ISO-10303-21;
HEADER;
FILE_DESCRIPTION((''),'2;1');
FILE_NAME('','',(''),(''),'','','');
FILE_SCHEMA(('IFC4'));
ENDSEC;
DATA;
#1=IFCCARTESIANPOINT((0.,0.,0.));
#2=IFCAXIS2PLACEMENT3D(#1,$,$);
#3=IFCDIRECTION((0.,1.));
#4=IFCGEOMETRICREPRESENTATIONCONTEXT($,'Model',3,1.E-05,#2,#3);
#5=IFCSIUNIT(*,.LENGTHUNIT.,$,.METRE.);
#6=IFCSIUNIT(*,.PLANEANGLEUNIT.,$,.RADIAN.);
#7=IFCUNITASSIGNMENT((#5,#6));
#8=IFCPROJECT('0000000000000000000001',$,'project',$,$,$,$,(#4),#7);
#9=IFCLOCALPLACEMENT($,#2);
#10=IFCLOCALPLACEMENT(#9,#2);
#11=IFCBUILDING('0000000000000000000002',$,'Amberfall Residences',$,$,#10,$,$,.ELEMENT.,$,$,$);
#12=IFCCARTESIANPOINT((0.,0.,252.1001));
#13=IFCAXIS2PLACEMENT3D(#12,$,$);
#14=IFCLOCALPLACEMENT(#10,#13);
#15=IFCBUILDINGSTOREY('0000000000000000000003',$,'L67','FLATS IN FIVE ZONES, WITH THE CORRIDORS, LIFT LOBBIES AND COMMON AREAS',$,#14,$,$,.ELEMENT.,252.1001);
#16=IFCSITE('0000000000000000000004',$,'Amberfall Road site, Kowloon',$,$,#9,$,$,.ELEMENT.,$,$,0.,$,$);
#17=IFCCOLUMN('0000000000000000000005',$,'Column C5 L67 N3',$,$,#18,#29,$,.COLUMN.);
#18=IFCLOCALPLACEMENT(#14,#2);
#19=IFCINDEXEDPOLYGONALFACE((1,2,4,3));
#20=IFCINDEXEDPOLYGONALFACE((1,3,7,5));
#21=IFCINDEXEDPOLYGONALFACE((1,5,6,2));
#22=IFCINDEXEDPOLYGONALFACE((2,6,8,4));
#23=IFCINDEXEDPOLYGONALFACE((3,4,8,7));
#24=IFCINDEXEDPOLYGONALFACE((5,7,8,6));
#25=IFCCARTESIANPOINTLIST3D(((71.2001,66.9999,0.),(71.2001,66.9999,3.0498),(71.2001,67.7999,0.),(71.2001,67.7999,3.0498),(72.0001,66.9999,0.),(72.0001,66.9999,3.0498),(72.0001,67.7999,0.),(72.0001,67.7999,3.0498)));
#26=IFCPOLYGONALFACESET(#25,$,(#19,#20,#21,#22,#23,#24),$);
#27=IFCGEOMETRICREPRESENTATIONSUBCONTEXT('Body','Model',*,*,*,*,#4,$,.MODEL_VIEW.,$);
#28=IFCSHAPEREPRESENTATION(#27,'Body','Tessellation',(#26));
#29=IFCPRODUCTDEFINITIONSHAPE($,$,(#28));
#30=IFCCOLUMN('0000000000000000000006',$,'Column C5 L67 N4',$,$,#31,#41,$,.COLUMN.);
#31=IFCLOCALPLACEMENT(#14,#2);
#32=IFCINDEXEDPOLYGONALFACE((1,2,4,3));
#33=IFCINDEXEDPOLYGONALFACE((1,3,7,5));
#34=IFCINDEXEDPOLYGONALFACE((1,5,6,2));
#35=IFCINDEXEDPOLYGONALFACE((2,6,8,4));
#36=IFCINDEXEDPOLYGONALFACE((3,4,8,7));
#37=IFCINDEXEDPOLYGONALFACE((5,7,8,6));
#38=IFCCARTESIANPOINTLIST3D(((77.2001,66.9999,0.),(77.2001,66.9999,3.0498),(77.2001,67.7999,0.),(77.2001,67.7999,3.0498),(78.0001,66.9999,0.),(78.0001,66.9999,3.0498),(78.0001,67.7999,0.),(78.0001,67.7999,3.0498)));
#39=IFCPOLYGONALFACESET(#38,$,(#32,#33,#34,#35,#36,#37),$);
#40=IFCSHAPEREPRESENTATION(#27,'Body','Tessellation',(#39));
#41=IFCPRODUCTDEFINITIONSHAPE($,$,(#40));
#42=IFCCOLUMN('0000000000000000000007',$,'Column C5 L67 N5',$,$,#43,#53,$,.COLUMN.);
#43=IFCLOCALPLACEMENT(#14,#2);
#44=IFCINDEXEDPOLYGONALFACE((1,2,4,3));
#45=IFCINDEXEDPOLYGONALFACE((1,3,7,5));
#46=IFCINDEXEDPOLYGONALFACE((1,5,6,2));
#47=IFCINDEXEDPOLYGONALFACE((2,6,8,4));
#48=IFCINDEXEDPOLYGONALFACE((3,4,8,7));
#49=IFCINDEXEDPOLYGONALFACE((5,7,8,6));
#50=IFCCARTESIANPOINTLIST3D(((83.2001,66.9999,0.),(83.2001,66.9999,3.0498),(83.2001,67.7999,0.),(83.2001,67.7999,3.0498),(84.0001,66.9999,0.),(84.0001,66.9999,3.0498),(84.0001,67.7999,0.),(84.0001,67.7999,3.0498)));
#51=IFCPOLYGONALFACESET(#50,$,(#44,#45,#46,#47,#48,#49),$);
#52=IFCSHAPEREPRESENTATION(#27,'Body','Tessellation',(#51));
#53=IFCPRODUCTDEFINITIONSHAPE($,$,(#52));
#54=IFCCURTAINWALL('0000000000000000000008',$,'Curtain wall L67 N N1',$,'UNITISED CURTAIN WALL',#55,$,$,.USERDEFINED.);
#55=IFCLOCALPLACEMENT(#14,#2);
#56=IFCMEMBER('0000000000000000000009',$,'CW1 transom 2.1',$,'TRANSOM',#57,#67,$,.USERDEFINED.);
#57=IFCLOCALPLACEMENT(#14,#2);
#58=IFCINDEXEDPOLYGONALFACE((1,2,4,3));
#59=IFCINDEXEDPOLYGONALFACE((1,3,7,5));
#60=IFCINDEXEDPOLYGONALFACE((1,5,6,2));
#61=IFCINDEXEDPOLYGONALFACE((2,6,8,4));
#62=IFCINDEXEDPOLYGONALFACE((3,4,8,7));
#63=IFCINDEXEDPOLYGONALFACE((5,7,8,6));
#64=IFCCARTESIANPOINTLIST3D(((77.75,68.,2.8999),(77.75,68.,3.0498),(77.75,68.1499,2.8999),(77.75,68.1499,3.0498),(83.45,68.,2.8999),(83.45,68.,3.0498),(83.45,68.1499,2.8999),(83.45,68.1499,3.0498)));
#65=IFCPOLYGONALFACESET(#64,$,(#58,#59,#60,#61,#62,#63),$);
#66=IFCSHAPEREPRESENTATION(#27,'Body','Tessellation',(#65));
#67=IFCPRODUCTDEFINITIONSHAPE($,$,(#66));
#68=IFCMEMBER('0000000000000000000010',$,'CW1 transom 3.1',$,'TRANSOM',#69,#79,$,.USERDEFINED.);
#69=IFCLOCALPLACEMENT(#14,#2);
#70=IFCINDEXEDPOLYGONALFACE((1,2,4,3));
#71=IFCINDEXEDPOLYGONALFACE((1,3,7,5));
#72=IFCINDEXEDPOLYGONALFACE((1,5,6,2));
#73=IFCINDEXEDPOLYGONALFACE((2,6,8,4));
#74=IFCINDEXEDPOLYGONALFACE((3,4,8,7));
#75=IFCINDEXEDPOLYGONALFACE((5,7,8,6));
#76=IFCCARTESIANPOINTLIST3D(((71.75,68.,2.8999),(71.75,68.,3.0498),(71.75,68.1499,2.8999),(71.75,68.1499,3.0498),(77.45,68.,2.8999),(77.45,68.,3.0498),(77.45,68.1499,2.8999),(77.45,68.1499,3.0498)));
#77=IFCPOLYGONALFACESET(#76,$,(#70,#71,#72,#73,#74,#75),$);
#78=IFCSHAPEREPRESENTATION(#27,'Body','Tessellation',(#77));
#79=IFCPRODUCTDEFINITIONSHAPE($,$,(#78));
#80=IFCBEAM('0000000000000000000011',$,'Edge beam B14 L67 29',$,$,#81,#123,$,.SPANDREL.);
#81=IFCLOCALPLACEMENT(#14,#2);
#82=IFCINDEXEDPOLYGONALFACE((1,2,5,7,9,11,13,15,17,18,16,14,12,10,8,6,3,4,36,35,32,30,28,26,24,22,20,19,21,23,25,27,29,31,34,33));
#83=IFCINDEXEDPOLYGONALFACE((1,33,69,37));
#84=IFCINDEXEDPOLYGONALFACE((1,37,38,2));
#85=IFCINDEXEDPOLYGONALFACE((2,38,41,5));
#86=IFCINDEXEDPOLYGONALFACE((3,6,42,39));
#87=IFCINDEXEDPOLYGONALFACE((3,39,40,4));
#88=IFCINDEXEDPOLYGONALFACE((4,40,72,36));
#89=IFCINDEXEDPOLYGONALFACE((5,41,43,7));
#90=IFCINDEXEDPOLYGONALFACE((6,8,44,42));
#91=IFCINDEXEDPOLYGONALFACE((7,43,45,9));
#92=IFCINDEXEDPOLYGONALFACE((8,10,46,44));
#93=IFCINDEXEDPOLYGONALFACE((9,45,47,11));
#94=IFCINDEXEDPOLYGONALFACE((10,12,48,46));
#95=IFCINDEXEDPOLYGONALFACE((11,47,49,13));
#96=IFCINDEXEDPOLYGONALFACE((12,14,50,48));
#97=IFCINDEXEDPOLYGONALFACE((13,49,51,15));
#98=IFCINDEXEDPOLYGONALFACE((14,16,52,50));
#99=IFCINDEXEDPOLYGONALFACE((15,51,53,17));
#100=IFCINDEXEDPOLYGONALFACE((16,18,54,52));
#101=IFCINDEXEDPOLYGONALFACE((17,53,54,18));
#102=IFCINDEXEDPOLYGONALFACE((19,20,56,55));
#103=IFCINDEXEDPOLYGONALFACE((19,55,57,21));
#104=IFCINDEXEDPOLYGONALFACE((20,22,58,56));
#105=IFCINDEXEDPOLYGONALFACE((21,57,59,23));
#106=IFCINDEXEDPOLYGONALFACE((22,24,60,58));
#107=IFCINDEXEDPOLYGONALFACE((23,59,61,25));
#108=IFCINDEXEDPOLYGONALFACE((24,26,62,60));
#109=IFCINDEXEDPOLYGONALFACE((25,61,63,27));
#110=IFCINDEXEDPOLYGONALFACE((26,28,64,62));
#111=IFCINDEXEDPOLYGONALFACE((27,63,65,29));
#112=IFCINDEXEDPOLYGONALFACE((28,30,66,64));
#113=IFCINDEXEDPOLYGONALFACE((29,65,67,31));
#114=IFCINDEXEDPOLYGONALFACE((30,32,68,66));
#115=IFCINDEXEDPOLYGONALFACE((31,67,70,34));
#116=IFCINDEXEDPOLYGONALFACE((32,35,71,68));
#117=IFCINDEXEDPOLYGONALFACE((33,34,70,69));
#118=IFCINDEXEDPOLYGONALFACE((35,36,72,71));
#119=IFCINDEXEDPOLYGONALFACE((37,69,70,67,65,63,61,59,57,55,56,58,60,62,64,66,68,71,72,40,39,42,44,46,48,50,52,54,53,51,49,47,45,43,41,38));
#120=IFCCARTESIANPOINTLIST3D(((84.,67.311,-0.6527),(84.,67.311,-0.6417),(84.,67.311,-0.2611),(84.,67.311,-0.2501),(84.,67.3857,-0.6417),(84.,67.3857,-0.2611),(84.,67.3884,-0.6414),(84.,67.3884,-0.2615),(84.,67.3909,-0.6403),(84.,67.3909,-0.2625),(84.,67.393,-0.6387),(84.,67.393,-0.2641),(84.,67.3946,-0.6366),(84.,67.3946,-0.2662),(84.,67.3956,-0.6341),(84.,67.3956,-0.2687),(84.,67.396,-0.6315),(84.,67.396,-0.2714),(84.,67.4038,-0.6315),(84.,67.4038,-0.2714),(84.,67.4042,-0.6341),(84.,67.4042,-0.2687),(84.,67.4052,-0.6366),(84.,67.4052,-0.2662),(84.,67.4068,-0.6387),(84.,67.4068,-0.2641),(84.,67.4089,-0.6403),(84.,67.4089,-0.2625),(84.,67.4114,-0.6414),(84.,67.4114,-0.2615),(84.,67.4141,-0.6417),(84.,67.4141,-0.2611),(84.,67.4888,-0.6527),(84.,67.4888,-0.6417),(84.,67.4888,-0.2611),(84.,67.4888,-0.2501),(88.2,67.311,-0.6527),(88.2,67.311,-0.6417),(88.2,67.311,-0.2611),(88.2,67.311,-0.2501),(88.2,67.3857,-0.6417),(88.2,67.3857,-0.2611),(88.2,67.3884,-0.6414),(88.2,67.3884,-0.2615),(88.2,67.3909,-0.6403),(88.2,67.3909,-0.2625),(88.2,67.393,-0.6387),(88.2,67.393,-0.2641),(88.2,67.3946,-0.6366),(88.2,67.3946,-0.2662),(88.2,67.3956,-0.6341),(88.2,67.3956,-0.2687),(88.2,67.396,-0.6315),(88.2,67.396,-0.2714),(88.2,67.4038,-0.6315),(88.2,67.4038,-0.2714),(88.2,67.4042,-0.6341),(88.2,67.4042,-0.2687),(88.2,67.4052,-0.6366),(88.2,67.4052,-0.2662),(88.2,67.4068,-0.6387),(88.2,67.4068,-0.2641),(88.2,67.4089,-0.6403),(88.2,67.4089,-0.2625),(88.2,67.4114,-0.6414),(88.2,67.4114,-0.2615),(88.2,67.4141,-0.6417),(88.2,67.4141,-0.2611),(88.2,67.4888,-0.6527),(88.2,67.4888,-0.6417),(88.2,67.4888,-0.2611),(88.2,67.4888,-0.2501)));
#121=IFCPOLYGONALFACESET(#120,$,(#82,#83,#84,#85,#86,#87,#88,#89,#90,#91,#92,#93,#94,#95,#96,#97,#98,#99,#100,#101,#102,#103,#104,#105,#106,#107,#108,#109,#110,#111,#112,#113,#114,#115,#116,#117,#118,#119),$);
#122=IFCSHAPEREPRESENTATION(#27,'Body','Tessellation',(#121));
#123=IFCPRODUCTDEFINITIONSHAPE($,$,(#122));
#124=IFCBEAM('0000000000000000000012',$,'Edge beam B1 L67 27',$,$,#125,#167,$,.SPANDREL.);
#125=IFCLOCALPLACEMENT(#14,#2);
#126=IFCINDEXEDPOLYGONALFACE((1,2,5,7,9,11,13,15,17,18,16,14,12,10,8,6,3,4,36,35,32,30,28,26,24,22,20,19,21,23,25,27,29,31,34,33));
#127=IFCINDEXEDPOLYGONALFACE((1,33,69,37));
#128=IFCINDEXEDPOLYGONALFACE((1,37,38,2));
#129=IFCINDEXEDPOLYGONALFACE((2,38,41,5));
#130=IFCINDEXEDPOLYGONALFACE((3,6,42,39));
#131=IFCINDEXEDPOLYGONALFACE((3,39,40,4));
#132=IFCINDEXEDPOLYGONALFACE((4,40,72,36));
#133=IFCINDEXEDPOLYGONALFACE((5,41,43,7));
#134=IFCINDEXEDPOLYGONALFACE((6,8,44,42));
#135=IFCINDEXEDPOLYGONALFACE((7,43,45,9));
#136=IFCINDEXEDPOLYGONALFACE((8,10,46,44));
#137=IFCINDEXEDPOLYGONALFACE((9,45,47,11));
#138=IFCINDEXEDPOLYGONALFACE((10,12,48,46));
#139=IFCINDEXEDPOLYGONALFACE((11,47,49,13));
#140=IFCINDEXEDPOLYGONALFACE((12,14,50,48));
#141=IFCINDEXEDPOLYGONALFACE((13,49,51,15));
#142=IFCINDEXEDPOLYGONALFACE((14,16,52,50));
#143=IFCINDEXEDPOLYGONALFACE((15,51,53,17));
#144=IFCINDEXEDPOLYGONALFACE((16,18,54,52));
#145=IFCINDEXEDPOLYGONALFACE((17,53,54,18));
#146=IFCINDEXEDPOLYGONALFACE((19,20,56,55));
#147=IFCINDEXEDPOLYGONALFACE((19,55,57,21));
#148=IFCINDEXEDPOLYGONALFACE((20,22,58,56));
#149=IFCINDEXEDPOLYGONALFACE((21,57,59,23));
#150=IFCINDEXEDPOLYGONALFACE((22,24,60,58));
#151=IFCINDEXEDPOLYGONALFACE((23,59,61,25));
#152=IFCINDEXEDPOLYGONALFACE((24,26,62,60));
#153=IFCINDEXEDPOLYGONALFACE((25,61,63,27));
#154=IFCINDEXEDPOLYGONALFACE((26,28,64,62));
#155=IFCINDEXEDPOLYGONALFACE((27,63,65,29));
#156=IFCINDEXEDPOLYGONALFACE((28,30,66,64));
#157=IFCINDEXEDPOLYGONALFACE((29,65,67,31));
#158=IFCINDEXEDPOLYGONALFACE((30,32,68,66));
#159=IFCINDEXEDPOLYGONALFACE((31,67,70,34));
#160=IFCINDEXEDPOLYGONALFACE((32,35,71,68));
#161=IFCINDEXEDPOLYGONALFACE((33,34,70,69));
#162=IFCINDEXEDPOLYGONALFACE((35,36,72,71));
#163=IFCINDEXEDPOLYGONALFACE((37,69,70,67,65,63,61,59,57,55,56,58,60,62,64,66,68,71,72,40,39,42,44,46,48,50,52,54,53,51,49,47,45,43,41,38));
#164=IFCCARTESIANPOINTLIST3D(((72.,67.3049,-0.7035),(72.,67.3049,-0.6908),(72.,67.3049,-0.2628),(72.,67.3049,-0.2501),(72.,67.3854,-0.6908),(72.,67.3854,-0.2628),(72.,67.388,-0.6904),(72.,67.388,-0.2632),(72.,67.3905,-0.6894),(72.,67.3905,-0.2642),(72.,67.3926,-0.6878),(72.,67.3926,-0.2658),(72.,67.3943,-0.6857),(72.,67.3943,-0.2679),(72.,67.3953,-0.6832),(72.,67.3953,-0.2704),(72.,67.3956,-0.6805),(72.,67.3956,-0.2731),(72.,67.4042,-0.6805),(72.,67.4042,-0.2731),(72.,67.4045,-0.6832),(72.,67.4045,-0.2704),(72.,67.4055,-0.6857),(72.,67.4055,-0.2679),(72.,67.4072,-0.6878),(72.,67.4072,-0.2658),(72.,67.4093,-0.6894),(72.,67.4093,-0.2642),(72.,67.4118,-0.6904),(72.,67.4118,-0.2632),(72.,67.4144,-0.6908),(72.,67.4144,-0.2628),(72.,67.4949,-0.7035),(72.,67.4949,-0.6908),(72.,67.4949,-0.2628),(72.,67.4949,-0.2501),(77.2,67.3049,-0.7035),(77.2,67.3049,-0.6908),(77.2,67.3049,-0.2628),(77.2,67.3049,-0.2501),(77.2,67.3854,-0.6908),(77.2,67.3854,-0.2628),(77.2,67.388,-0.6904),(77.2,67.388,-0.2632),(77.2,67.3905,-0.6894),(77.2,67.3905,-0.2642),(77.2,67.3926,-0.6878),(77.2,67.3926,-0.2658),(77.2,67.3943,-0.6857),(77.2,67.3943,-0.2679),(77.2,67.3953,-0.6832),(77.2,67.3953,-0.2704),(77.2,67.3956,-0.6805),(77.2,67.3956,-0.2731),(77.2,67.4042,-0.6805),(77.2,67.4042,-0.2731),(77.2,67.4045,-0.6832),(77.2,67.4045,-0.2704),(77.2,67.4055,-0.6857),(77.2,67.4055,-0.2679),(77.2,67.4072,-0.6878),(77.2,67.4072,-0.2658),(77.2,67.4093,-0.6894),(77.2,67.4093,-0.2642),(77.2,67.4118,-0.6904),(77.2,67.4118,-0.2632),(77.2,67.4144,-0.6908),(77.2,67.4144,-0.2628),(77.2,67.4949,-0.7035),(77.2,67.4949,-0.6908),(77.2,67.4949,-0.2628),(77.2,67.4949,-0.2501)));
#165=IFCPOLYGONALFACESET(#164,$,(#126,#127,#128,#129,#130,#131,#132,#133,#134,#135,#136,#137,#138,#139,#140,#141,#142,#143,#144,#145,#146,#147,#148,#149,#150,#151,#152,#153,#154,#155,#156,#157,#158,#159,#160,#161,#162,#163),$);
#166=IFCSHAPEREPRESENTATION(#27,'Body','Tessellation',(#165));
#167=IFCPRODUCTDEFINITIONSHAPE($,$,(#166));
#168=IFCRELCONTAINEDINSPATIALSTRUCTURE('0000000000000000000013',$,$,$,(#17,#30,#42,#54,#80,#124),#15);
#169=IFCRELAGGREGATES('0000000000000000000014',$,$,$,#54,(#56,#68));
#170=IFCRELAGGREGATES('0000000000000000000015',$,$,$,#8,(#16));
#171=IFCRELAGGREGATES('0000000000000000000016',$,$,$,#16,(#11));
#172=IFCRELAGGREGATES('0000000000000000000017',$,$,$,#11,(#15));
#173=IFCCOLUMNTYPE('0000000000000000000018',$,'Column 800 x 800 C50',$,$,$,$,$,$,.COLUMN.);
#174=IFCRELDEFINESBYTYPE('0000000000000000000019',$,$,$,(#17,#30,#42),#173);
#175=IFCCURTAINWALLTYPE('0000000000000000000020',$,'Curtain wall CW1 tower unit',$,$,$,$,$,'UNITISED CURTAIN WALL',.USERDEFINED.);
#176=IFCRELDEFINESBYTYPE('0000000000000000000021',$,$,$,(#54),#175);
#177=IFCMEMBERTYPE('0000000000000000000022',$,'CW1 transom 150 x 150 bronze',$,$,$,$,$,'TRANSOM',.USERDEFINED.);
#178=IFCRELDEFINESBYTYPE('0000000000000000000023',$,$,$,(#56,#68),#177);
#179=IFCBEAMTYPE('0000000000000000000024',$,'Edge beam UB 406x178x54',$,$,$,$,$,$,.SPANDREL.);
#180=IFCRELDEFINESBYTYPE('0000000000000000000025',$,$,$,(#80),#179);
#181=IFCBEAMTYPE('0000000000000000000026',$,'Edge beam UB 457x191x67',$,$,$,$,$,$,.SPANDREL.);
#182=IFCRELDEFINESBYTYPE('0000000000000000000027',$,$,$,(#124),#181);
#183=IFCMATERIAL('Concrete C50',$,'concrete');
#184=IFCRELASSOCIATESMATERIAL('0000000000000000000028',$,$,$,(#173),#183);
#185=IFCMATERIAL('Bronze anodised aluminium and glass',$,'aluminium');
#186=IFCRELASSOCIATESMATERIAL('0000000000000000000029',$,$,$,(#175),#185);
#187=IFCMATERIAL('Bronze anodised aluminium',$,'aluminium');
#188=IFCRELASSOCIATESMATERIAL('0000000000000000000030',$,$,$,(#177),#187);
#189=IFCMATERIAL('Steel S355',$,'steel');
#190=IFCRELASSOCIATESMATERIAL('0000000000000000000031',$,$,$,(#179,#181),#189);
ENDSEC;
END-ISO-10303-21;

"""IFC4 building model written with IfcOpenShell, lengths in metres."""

from ifc_helpers import new_model, si_unit, direction, frame, origin, origin_2d, place, context, subcontext, project, spatial, rectangle, i_section, extrude, material, material_profile, profile_set, type_object, element, aggregate, save


model = new_model("IFC4")

# Units and contexts
model_context = context("Model", 3, precision=1e-05, world=origin(), true_north=direction((0.0, 1.0)))
body_context = subcontext(model_context, "Body", "Model", "MODEL_VIEW")
ifc_project = project(units=[si_unit("LENGTHUNIT", "METRE"), si_unit("PLANEANGLEUNIT", "RADIAN")], contexts=[model_context])

# Site, building, storey
site_placement = place(None, origin())
site = spatial("IfcSite", under=ifc_project, at=site_placement, Name="Amberfall Road site, Kowloon", CompositionType="ELEMENT", RefElevation=0.0)
building_placement = place(site_placement, origin())
building = spatial("IfcBuilding", under=site, at=building_placement, Name="Amberfall Residences", CompositionType="ELEMENT")
storey_placement = place(building_placement, frame((0.0, 0.0, 252.1001)))
storey = spatial("IfcBuildingStorey", under=building, at=storey_placement, Name="L67", Description="FLATS IN FIVE ZONES, WITH THE CORRIDORS, LIFT LOBBIES AND COMMON AREAS", CompositionType="ELEMENT", Elevation=252.1001)

# Columns
ifc_material_1 = material(Name="Concrete C50", Category="concrete")
ifc_material_profile_1 = material_profile(ifc_material_1, rectangle(XDim=0.8, YDim=0.8, at=origin_2d()), Name="Column 800 x 800 C50")
ifc_profile_set_1 = profile_set([ifc_material_profile_1], Name="Concrete C50")
column_type = type_object("IfcColumnType", Name="Column 800 x 800 C50", PredefinedType="COLUMN", material=ifc_profile_set_1)
for number, where, z_axis, x_axis, name in (
    (1, (71.6001, 67.3999, 0.0), (0.0, 0.0, 1.0), (1.0, 0.0, 0.0), "Column C5 L67 N3"),
    (2, (77.6001, 67.3999, 0.0), (0.0, 0.0, 1.0), (1.0, 0.0, 0.0), "Column C5 L67 N4"),
    (3, (83.6001, 67.3999, 0.0), (0.0, 0.0, 1.0), (1.0, 0.0, 0.0), "Column C5 L67 N5"),
):
    element("IfcColumn", number, at=place(storey_placement, frame(where, z_axis=z_axis, x_axis=x_axis)), inside=storey, type_object=column_type, Name=name, PredefinedType="COLUMN", context=body_context, shape_type="SweptSolid", body=[
        extrude(rectangle(XDim=0.8, YDim=0.8, at=origin_2d()), origin(), (0.0, 0.0, 1.0), 3.0498),
    ])

# Curtain wall, members
ifc_material_2 = material(Name="Bronze anodised aluminium and glass", Category="aluminium")
curtain_wall_type = type_object("IfcCurtainWallType", Name="Curtain wall CW1 tower unit", ElementType="UNITISED CURTAIN WALL", PredefinedType="USERDEFINED", material=ifc_material_2)
curtain_wall_placement = place(storey_placement, origin())
curtain_wall = element("IfcCurtainWall", 4, at=curtain_wall_placement, inside=storey, type_object=curtain_wall_type, Name="Curtain wall L67 N N1", ObjectType="UNITISED CURTAIN WALL", PredefinedType="USERDEFINED")
ifc_material_3 = material(Name="Bronze anodised aluminium", Category="aluminium")
ifc_material_profile_2 = material_profile(ifc_material_3, rectangle(XDim=0.1499, YDim=0.1499, at=origin_2d()), Name="CW1 transom 150 x 150 bronze")
ifc_profile_set_2 = profile_set([ifc_material_profile_2], Name="Bronze anodised aluminium")
member_type_1 = type_object("IfcMemberType", Name="CW1 transom 150 x 150 bronze", ElementType="TRANSOM", PredefinedType="USERDEFINED", material=ifc_profile_set_2)
member_1_placement = place(storey_placement, frame((83.45, 68.075, 2.9749), z_axis=(-1.0, 0.0, 0.0), x_axis=(0.0, -1.0, 0.0)))
member_1 = element("IfcMember", 5, at=member_1_placement, type_object=member_type_1, Name="CW1 transom 2.1", ObjectType="TRANSOM", PredefinedType="USERDEFINED", context=body_context, shape_type="SweptSolid", body=[
    extrude(rectangle(XDim=0.1499, YDim=0.1499, at=origin_2d()), origin(), (0.0, 0.0, 1.0), 5.7),
])
member_2_placement = place(storey_placement, frame((77.45, 68.075, 2.9749), z_axis=(-1.0, 0.0, 0.0), x_axis=(0.0, -1.0, 0.0)))
member_2 = element("IfcMember", 6, at=member_2_placement, type_object=member_type_1, Name="CW1 transom 3.1", ObjectType="TRANSOM", PredefinedType="USERDEFINED", context=body_context, shape_type="SweptSolid", body=[
    extrude(rectangle(XDim=0.1499, YDim=0.1499, at=origin_2d()), origin(), (0.0, 0.0, 1.0), 5.7),
])

# Beams
ifc_material_4 = material(Name="Steel S355", Category="steel")
ifc_material_profile_3 = material_profile(ifc_material_4, i_section(OverallWidth=0.1777, OverallDepth=0.4026, WebThickness=0.0078, FlangeThickness=0.011, FilletRadius=0.0103, at=origin_2d()), Name="UB 406x178x54")
ifc_profile_set_3 = profile_set([ifc_material_profile_3], Name="Steel S355")
beam_type_1 = type_object("IfcBeamType", Name="Edge beam UB 406x178x54", PredefinedType="SPANDREL", material=ifc_profile_set_3)
beam_placement = place(storey_placement, frame((84.0, 67.3999, -0.4514), z_axis=(1.0, 0.0, 0.0), x_axis=(0.0, 1.0, 0.0)))
element("IfcBeam", 7, at=beam_placement, inside=storey, type_object=beam_type_1, Name="Edge beam B14 L67 29", PredefinedType="SPANDREL", context=body_context, shape_type="SweptSolid", body=[
    extrude(i_section(OverallWidth=0.1777, OverallDepth=0.4026, WebThickness=0.0078, FlangeThickness=0.011, FilletRadius=0.0103, at=origin_2d()), origin(), (0.0, 0.0, 1.0), 4.2),
])
ifc_material_profile_4 = material_profile(ifc_material_4, i_section(OverallWidth=0.1899, OverallDepth=0.4534, WebThickness=0.0085, FlangeThickness=0.0127, FilletRadius=0.0103, at=origin_2d()), Name="UB 457x191x67")
ifc_profile_set_4 = profile_set([ifc_material_profile_4], Name="Steel S355")
beam_type_2 = type_object("IfcBeamType", Name="Edge beam UB 457x191x67", PredefinedType="SPANDREL", material=ifc_profile_set_4)
for number, where, z_axis, x_axis, name in (
    (8, (72.0, 67.3999, -0.4768), (1.0, 0.0, 0.0), (0.0, 1.0, 0.0), "Edge beam B1 L67 27"),
):
    element("IfcBeam", number, at=place(storey_placement, frame(where, z_axis=z_axis, x_axis=x_axis)), inside=storey, type_object=beam_type_2, Name=name, PredefinedType="SPANDREL", context=body_context, shape_type="SweptSolid", body=[
        extrude(i_section(OverallWidth=0.1899, OverallDepth=0.4534, WebThickness=0.0085, FlangeThickness=0.0127, FilletRadius=0.0103, at=origin_2d()), origin(), (0.0, 0.0, 1.0), 5.2),
    ])

aggregate(curtain_wall, [member_1, member_2])

save(model, "model.ifc")
